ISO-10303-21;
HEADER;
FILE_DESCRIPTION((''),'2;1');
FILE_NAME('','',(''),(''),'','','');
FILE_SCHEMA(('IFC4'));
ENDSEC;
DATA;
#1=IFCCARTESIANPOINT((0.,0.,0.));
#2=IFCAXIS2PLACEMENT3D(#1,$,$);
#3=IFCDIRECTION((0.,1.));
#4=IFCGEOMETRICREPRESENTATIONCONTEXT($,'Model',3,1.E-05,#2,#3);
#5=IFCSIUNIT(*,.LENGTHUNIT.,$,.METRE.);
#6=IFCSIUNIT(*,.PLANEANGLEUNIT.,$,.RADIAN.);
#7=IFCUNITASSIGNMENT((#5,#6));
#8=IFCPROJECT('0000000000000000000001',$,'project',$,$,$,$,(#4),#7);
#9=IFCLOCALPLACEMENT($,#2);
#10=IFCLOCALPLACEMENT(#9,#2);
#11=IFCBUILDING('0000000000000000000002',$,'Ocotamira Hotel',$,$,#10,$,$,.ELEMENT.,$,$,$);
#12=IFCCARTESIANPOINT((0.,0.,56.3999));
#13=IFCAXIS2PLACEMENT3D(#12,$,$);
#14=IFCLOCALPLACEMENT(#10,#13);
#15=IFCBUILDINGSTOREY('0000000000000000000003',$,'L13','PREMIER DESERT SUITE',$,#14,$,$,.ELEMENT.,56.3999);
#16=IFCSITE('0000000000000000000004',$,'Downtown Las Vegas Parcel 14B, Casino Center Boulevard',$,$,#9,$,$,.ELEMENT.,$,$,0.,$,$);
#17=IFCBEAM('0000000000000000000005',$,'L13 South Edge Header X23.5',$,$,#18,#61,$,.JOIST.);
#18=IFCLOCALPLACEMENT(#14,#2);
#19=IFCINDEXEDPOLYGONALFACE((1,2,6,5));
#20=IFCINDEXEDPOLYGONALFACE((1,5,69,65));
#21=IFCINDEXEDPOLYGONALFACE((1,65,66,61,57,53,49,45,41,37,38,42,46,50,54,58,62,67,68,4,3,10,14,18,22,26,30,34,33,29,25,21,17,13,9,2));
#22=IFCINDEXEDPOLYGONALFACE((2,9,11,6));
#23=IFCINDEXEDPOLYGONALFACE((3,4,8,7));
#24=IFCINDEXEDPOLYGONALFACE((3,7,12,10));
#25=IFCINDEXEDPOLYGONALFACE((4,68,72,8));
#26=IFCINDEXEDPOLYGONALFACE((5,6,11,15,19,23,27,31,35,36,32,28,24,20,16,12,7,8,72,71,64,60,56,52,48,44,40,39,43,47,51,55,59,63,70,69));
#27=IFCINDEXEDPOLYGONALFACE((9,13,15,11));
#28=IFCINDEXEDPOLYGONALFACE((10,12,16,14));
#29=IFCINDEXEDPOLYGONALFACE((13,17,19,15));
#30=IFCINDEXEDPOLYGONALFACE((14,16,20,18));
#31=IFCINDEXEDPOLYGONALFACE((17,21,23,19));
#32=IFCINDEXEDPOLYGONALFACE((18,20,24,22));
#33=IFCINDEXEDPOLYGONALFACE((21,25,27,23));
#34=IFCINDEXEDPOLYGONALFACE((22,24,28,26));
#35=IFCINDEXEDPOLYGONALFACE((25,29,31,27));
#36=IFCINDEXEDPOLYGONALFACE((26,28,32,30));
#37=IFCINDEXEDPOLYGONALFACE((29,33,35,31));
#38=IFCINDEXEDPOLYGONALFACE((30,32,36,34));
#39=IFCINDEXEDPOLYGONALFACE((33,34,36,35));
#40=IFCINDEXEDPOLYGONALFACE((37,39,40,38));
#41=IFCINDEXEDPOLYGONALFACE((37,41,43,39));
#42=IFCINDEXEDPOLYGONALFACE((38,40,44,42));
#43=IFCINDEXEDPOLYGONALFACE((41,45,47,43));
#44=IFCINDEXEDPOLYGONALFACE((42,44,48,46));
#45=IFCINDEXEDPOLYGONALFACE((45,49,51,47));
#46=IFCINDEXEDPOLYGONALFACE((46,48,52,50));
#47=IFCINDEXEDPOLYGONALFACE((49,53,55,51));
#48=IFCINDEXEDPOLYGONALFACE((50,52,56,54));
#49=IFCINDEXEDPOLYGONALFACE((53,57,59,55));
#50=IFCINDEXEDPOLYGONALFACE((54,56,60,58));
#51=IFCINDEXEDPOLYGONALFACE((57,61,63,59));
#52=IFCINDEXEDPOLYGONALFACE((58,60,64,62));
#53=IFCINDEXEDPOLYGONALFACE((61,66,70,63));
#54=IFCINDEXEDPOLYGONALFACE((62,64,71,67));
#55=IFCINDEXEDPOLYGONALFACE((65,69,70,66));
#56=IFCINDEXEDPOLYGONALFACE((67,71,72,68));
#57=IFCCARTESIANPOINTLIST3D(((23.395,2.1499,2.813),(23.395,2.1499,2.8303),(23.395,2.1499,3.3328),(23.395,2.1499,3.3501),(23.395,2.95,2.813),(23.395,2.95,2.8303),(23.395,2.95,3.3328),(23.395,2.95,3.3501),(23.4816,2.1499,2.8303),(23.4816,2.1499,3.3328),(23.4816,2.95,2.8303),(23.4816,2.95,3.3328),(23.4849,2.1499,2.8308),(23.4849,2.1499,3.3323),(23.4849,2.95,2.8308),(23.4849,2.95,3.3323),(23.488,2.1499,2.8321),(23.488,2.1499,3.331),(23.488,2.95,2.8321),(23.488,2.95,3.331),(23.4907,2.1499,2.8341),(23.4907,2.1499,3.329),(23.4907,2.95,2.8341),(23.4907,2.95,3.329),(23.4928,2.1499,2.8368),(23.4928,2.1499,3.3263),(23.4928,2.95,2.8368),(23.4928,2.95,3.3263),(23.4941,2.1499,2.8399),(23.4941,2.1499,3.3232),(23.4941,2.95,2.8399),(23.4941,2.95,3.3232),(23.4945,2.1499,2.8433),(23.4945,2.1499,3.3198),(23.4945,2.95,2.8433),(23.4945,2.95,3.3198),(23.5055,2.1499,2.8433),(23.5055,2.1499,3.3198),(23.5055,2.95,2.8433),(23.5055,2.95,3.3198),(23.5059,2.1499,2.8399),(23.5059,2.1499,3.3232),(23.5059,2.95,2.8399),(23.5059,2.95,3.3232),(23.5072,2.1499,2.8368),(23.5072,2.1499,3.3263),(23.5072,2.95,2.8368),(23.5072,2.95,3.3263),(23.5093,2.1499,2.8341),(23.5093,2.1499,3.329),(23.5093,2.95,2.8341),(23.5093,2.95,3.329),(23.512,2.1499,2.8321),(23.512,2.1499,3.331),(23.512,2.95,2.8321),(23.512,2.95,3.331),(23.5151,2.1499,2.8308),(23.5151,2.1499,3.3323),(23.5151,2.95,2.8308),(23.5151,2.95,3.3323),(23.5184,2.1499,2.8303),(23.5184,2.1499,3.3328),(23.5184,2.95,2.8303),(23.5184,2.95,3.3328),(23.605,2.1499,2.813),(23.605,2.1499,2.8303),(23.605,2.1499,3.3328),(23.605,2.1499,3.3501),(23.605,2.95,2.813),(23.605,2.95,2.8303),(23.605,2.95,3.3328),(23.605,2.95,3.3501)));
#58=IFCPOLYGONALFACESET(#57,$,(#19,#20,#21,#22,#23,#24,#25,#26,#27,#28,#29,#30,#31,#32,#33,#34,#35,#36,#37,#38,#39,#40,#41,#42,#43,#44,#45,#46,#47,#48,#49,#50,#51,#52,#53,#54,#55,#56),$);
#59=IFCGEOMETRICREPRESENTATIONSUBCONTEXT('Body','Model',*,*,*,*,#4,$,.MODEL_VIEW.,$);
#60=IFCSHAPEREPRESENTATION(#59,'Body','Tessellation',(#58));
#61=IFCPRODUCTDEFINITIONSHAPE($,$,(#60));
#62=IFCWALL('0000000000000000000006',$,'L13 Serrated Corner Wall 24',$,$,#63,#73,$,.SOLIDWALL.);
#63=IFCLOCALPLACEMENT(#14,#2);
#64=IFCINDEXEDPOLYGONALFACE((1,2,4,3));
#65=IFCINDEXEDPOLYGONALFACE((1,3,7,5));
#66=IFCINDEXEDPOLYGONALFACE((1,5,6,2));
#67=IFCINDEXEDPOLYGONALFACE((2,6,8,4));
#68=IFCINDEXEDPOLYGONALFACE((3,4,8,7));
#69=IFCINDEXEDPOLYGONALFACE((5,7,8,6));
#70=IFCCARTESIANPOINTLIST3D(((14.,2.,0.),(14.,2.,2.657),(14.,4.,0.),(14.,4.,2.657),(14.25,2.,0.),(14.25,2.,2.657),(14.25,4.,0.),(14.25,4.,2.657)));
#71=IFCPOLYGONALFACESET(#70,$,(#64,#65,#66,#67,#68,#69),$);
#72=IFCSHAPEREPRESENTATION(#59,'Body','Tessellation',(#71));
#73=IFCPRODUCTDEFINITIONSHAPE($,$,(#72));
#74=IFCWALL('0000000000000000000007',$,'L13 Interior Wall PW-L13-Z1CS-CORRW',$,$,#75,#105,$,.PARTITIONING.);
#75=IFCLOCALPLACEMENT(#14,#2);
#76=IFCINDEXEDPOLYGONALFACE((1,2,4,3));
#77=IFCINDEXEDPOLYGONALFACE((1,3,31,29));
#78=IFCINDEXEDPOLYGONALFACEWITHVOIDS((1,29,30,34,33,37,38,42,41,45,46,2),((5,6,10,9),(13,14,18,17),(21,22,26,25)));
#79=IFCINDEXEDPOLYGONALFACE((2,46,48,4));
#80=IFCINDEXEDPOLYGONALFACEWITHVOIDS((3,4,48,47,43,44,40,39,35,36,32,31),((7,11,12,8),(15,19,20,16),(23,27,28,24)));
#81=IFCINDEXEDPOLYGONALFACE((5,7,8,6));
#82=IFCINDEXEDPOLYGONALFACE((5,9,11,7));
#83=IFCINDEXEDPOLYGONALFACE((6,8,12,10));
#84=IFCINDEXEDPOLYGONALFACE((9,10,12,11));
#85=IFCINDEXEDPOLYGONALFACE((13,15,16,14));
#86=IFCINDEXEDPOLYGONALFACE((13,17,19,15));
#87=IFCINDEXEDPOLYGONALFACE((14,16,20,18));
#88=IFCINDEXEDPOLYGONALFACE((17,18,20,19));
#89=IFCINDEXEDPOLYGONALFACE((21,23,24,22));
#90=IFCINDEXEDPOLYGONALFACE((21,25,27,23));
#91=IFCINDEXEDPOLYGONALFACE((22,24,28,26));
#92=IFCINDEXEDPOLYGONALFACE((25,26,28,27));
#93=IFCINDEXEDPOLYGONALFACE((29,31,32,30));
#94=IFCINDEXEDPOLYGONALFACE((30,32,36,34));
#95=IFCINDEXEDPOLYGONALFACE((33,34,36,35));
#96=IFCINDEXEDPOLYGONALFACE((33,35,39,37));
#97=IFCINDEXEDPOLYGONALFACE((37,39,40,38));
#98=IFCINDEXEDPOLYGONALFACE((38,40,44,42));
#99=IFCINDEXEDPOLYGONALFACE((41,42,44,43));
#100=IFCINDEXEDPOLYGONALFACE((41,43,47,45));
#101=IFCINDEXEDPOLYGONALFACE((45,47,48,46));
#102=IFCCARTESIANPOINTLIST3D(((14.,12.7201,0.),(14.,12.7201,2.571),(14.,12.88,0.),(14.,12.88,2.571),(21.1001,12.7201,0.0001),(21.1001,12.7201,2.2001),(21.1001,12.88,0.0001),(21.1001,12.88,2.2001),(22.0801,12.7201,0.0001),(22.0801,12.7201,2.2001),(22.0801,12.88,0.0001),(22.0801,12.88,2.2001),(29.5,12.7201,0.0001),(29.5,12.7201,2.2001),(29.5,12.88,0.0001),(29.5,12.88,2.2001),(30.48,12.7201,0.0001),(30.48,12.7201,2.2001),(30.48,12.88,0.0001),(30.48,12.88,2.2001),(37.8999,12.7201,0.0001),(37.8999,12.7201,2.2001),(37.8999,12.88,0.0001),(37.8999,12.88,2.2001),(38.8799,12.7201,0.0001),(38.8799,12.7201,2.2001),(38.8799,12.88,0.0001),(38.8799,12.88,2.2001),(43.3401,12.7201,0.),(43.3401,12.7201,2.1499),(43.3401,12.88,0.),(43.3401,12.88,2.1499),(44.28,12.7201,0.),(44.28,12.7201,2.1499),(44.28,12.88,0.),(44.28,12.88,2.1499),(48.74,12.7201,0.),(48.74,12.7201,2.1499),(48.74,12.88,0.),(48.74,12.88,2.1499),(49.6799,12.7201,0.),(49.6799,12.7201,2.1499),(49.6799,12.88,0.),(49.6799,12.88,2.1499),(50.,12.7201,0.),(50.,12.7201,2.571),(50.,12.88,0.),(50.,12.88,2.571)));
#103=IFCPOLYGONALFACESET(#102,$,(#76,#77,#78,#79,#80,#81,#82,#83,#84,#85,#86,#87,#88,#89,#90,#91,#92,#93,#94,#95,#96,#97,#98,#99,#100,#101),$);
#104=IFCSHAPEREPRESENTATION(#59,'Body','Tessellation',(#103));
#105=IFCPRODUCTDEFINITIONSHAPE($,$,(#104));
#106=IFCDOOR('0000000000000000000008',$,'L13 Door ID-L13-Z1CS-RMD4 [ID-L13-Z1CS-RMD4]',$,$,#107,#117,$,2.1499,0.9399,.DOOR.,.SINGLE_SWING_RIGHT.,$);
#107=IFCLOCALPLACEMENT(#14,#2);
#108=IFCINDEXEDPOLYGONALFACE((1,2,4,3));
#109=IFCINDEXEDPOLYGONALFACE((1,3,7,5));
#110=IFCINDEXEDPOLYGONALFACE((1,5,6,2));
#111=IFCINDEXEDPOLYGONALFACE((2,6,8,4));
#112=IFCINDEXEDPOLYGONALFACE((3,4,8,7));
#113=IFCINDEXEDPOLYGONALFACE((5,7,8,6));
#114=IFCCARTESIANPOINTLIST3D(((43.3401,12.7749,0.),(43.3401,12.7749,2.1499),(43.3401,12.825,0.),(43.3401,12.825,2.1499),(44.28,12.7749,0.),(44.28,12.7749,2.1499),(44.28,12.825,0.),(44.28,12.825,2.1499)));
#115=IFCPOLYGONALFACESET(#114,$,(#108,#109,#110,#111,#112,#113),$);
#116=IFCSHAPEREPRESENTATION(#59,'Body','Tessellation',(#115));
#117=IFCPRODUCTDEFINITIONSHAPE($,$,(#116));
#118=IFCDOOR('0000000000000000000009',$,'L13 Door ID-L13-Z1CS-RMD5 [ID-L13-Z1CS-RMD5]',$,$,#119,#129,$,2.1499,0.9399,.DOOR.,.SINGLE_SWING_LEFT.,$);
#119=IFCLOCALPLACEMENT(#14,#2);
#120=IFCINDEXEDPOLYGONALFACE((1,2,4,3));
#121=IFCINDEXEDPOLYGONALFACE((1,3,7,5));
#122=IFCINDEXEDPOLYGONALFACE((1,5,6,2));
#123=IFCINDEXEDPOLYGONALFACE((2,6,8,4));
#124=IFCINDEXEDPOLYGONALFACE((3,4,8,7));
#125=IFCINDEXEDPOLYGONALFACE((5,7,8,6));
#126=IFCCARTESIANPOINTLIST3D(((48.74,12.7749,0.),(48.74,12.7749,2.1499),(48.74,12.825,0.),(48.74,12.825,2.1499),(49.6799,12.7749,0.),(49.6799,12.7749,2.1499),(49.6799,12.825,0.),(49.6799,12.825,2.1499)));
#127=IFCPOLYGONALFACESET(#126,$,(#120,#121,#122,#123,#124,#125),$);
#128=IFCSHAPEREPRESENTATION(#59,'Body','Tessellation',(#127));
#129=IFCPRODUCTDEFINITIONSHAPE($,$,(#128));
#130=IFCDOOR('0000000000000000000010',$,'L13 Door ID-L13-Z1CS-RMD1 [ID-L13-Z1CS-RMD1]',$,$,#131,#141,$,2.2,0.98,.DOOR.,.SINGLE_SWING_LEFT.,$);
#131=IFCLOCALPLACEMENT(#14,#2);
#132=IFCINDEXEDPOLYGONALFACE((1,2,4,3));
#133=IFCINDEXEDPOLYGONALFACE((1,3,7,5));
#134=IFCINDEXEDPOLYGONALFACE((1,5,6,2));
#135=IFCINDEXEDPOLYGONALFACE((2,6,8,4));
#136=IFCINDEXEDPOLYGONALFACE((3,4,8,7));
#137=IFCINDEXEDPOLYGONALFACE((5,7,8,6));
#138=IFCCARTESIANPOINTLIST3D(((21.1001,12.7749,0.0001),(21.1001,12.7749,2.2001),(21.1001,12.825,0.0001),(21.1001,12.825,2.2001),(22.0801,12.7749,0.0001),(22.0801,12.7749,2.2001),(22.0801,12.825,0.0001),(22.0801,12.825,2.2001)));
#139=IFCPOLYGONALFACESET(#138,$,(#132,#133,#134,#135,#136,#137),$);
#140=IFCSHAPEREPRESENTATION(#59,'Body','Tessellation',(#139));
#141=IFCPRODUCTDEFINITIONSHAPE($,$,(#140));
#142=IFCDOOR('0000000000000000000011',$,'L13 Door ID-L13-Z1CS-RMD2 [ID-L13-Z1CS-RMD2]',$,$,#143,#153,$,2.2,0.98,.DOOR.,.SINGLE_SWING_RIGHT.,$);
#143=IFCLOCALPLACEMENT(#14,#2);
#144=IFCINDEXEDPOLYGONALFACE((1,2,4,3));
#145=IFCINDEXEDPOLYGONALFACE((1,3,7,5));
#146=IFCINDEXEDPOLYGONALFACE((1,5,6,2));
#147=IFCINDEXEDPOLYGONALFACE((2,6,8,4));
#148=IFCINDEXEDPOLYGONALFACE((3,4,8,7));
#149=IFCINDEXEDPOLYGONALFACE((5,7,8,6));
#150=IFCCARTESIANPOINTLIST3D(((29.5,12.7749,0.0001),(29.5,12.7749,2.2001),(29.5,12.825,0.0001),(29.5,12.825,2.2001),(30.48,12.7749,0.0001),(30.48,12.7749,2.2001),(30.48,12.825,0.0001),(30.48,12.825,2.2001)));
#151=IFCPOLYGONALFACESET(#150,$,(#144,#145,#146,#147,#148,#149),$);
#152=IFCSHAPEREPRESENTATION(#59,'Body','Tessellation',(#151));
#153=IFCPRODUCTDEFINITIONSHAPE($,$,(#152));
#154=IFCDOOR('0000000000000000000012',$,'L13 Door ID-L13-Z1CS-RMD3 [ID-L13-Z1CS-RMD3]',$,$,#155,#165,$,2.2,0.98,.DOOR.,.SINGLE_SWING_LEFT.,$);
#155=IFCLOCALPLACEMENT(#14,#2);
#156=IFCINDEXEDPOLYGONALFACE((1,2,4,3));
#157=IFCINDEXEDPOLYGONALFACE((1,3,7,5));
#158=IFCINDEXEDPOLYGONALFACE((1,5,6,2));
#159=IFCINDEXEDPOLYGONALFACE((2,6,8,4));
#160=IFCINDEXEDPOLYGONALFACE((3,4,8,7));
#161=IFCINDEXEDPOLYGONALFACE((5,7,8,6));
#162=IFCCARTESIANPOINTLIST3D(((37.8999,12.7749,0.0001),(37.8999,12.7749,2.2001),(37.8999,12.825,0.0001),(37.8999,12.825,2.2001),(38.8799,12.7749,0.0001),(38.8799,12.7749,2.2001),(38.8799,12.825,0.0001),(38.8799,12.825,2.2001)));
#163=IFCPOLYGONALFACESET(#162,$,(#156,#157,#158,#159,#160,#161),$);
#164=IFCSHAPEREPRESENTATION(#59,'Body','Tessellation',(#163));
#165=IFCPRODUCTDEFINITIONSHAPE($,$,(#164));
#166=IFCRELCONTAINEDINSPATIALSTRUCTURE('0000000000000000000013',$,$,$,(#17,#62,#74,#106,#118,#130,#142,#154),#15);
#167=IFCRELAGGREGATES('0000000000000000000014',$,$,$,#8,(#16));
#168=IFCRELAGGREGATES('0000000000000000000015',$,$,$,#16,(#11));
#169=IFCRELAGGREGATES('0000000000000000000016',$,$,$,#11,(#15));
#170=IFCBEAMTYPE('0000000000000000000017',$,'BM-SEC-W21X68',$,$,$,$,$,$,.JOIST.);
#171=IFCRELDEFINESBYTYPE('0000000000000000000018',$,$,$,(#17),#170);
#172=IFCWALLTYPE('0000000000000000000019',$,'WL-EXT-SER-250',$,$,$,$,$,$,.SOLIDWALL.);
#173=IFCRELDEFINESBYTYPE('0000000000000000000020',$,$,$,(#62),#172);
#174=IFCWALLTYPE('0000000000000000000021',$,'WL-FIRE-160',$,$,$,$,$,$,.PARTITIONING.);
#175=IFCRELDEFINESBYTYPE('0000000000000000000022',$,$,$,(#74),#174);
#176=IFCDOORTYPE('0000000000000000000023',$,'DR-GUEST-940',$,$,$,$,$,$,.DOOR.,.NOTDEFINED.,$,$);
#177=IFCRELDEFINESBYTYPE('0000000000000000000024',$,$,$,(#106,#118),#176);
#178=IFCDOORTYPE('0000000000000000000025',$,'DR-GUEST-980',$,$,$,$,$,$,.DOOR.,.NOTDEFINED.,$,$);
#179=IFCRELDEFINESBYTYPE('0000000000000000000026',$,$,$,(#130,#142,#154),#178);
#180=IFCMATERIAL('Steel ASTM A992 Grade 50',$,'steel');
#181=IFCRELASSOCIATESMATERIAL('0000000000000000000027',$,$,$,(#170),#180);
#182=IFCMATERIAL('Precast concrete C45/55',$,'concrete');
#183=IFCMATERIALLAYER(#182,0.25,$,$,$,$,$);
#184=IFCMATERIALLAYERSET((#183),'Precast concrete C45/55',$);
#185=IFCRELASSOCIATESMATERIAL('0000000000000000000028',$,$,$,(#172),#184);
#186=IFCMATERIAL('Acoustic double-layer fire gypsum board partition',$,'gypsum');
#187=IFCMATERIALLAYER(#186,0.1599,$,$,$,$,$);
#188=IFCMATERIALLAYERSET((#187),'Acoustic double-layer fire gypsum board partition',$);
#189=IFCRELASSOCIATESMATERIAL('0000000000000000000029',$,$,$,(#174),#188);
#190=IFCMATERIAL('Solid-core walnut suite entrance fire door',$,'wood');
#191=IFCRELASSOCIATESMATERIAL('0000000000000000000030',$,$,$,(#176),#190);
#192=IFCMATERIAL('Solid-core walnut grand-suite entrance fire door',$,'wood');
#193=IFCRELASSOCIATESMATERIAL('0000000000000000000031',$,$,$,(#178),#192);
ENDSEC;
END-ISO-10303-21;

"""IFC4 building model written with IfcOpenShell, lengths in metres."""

from ifc_helpers import new_model, si_unit, direction, frame, frame_2d, origin, origin_2d, place, context, subcontext, project, spatial, rectangle, i_section, extrude, source, transform, mapped, material, layer, layer_set, material_profile, profile_set, type_object, element, fill, save


model = new_model("IFC4")

# Units and contexts
model_context = context("Model", 3, precision=1e-05, world=origin(), true_north=direction((0.0, 1.0)))
body_context = subcontext(model_context, "Body", "Model", "MODEL_VIEW")
ifc_project = project(units=[si_unit("LENGTHUNIT", "METRE"), si_unit("PLANEANGLEUNIT", "RADIAN")], contexts=[model_context])

# Site, building, storey
site_placement = place(None, origin())
site = spatial("IfcSite", under=ifc_project, at=site_placement, Name="Downtown Las Vegas Parcel 14B, Casino Center Boulevard", CompositionType="ELEMENT", RefElevation=0.0)
building_placement = place(site_placement, origin())
building = spatial("IfcBuilding", under=site, at=building_placement, Name="Ocotamira Hotel", CompositionType="ELEMENT")
storey_placement = place(building_placement, frame((0.0, 0.0, 56.3999)))
storey = spatial("IfcBuildingStorey", under=building, at=storey_placement, Name="L13", Description="PREMIER DESERT SUITE", CompositionType="ELEMENT", Elevation=56.3999)

# Beam
ifc_material_1 = material(Name="Steel ASTM A992 Grade 50", Category="steel")
ifc_material_profile_1 = material_profile(ifc_material_1, i_section(OverallWidth=0.21, OverallDepth=0.5371, WebThickness=0.011, FlangeThickness=0.0173, FilletRadius=0.0129, at=origin_2d()), Name="W21X68")
ifc_profile_set_1 = profile_set([ifc_material_profile_1], Name="Steel ASTM A992 Grade 50")
beam_type_1 = type_object("IfcBeamType", Name="BM-SEC-W21X68", PredefinedType="JOIST", material=ifc_profile_set_1)
shared_shape_1 = source(origin(), body_context, "Body", "SweptSolid", [
    extrude(i_section(OverallWidth=0.21, OverallDepth=0.5371, WebThickness=0.011, FlangeThickness=0.0173, FilletRadius=0.0129, at=origin_2d()), origin(), (0.0, 0.0, 1.0), 0.8),
])
for number, where, z_axis, x_axis, name in (
    (1, (23.5, 2.95, 3.0815), (0.0, -1.0, 0.0), (1.0, 0.0, 0.0), "L13 South Edge Header X23.5"),
):
    element("IfcBeam", number, at=place(storey_placement, frame(where, z_axis=z_axis, x_axis=x_axis)), inside=storey, type_object=beam_type_1, Name=name, PredefinedType="JOIST", context=body_context, shape_type="MappedRepresentation", body=[
        mapped(shared_shape_1, transform((0.0, 0.0, 0.0), scale=1.0)),
    ])

# Wall
ifc_material_2 = material(Name="Precast concrete C45/55", Category="concrete")
ifc_layer_1 = layer(ifc_material_2, 0.25)
ifc_layer_set_1 = layer_set([ifc_layer_1], Name="Precast concrete C45/55")
wall_type_1 = type_object("IfcWallType", Name="WL-EXT-SER-250", PredefinedType="SOLIDWALL", material=ifc_layer_set_1)
wall_1_placement = place(storey_placement, frame((14.125, 4.0, 0.0), z_axis=(0.0, 0.0, 1.0), x_axis=(0.0, -1.0, 0.0)))
element("IfcWall", 2, at=wall_1_placement, inside=storey, type_object=wall_type_1, Name="L13 Serrated Corner Wall 24", PredefinedType="SOLIDWALL", context=body_context, shape_type="SweptSolid", body=[
    extrude(rectangle(XDim=2.0, YDim=0.25, at=frame_2d((1.0, 0.0))), origin(), (0.0, 0.0, 1.0), 2.657),
])

# Wall, openings, doors
ifc_material_3 = material(Name="Acoustic double-layer fire gypsum board partition", Category="gypsum")
ifc_layer_2 = layer(ifc_material_3, 0.1599)
ifc_layer_set_2 = layer_set([ifc_layer_2], Name="Acoustic double-layer fire gypsum board partition")
wall_type_2 = type_object("IfcWallType", Name="WL-FIRE-160", PredefinedType="PARTITIONING", material=ifc_layer_set_2)
wall_2_placement = place(storey_placement, frame((14.0, 12.8, 0.0), z_axis=(0.0, 0.0, 1.0), x_axis=(1.0, 0.0, 0.0)))
wall_2 = element("IfcWall", 3, at=wall_2_placement, inside=storey, type_object=wall_type_2, Name="L13 Interior Wall PW-L13-Z1CS-CORRW", PredefinedType="PARTITIONING", context=body_context, shape_type="SweptSolid", body=[
    extrude(rectangle(XDim=36.0, YDim=0.1599, at=frame_2d((18.0, 0.0))), origin(), (0.0, 0.0, 1.0), 2.571),
])
opening_1_placement = place(wall_2_placement, frame((7.1001, 0.0, 0.0)))
opening_1 = element("IfcOpeningElement", 4, at=opening_1_placement, cuts=wall_2, PredefinedType="OPENING", context=body_context, shape_type="SweptSolid", body=[
    extrude(rectangle(XDim=0.98, YDim=2.2, at=frame_2d((0.49, 1.1001))), frame((0.0, 0.0898, 0.0), z_axis=(0.0, -1.0, 0.0), x_axis=(1.0, 0.0, 0.0)), (0.0, 0.0, 1.0), 0.1799),
])
opening_2_placement = place(wall_2_placement, frame((15.5, 0.0, 0.0)))
opening_2 = element("IfcOpeningElement", 5, at=opening_2_placement, cuts=wall_2, PredefinedType="OPENING", context=body_context, shape_type="SweptSolid", body=[
    extrude(rectangle(XDim=0.98, YDim=2.2, at=frame_2d((0.49, 1.1001))), frame((0.0, 0.0898, 0.0), z_axis=(0.0, -1.0, 0.0), x_axis=(1.0, 0.0, 0.0)), (0.0, 0.0, 1.0), 0.1799),
])
opening_3_placement = place(wall_2_placement, frame((23.8999, 0.0, 0.0)))
opening_3 = element("IfcOpeningElement", 6, at=opening_3_placement, cuts=wall_2, PredefinedType="OPENING", context=body_context, shape_type="SweptSolid", body=[
    extrude(rectangle(XDim=0.98, YDim=2.2, at=frame_2d((0.49, 1.1001))), frame((0.0, 0.0898, 0.0), z_axis=(0.0, -1.0, 0.0), x_axis=(1.0, 0.0, 0.0)), (0.0, 0.0, 1.0), 0.1799),
])
opening_4_placement = place(wall_2_placement, frame((29.3401, 0.0, 0.0)))
opening_4 = element("IfcOpeningElement", 7, at=opening_4_placement, cuts=wall_2, PredefinedType="OPENING", context=body_context, shape_type="SweptSolid", body=[
    extrude(rectangle(XDim=0.9399, YDim=2.1499, at=frame_2d((0.47, 1.075))), frame((0.0, 0.0898, 0.0), z_axis=(0.0, -1.0, 0.0), x_axis=(1.0, 0.0, 0.0)), (0.0, 0.0, 1.0), 0.1799),
])
opening_5_placement = place(wall_2_placement, frame((34.74, 0.0, 0.0)))
opening_5 = element("IfcOpeningElement", 8, at=opening_5_placement, cuts=wall_2, PredefinedType="OPENING", context=body_context, shape_type="SweptSolid", body=[
    extrude(rectangle(XDim=0.9399, YDim=2.1499, at=frame_2d((0.47, 1.075))), frame((0.0, 0.0898, 0.0), z_axis=(0.0, -1.0, 0.0), x_axis=(1.0, 0.0, 0.0)), (0.0, 0.0, 1.0), 0.1799),
])
ifc_material_4 = material(Name="Solid-core walnut suite entrance fire door", Category="wood")
door_type_1 = type_object("IfcDoorType", Name="DR-GUEST-940", OperationType="NOTDEFINED", PredefinedType="DOOR", material=ifc_material_4)
shared_shape_2 = source(origin(), body_context, "Body", "SweptSolid", [
    extrude(rectangle(XDim=0.9399, YDim=2.1499, at=frame_2d((0.47, 1.075))), frame((0.0, 0.0249, 0.0), z_axis=(0.0, -1.0, 0.0), x_axis=(1.0, 0.0, 0.0)), (0.0, 0.0, 1.0), 0.05),
])
door_1_placement = place(opening_4_placement, origin())
door_1 = element("IfcDoor", 9, at=door_1_placement, inside=storey, type_object=door_type_1, Name="L13 Door ID-L13-Z1CS-RMD4 [ID-L13-Z1CS-RMD4]", OperationType="SINGLE_SWING_RIGHT", OverallHeight=2.1499, OverallWidth=0.9399, PredefinedType="DOOR", context=body_context, shape_type="MappedRepresentation", body=[
    mapped(shared_shape_2, transform((0.0, 0.0, 0.0), scale=1.0)),
])
fill(opening_4, door_1)
door_2_placement = place(opening_5_placement, origin())
door_2 = element("IfcDoor", 10, at=door_2_placement, inside=storey, type_object=door_type_1, Name="L13 Door ID-L13-Z1CS-RMD5 [ID-L13-Z1CS-RMD5]", OperationType="SINGLE_SWING_LEFT", OverallHeight=2.1499, OverallWidth=0.9399, PredefinedType="DOOR", context=body_context, shape_type="MappedRepresentation", body=[
    mapped(shared_shape_2, transform((0.0, 0.0, 0.0), scale=1.0)),
])
fill(opening_5, door_2)
ifc_material_5 = material(Name="Solid-core walnut grand-suite entrance fire door", Category="wood")
door_type_2 = type_object("IfcDoorType", Name="DR-GUEST-980", OperationType="NOTDEFINED", PredefinedType="DOOR", material=ifc_material_5)
shared_shape_3 = source(origin(), body_context, "Body", "SweptSolid", [
    extrude(rectangle(XDim=0.98, YDim=2.2, at=frame_2d((0.49, 1.1001))), frame((0.0, 0.0249, 0.0), z_axis=(0.0, -1.0, 0.0), x_axis=(1.0, 0.0, 0.0)), (0.0, 0.0, 1.0), 0.05),
])
door_3_placement = place(opening_1_placement, origin())
door_3 = element("IfcDoor", 11, at=door_3_placement, inside=storey, type_object=door_type_2, Name="L13 Door ID-L13-Z1CS-RMD1 [ID-L13-Z1CS-RMD1]", OperationType="SINGLE_SWING_LEFT", OverallHeight=2.2, OverallWidth=0.98, PredefinedType="DOOR", context=body_context, shape_type="MappedRepresentation", body=[
    mapped(shared_shape_3, transform((0.0, 0.0, 0.0), scale=1.0)),
])
fill(opening_1, door_3)
door_4_placement = place(opening_2_placement, origin())
door_4 = element("IfcDoor", 12, at=door_4_placement, inside=storey, type_object=door_type_2, Name="L13 Door ID-L13-Z1CS-RMD2 [ID-L13-Z1CS-RMD2]", OperationType="SINGLE_SWING_RIGHT", OverallHeight=2.2, OverallWidth=0.98, PredefinedType="DOOR", context=body_context, shape_type="MappedRepresentation", body=[
    mapped(shared_shape_3, transform((0.0, 0.0, 0.0), scale=1.0)),
])
fill(opening_2, door_4)
door_5_placement = place(opening_3_placement, origin())
door_5 = element("IfcDoor", 13, at=door_5_placement, inside=storey, type_object=door_type_2, Name="L13 Door ID-L13-Z1CS-RMD3 [ID-L13-Z1CS-RMD3]", OperationType="SINGLE_SWING_LEFT", OverallHeight=2.2, OverallWidth=0.98, PredefinedType="DOOR", context=body_context, shape_type="MappedRepresentation", body=[
    mapped(shared_shape_3, transform((0.0, 0.0, 0.0), scale=1.0)),
])
fill(opening_3, door_5)

save(model, "model.ifc")
